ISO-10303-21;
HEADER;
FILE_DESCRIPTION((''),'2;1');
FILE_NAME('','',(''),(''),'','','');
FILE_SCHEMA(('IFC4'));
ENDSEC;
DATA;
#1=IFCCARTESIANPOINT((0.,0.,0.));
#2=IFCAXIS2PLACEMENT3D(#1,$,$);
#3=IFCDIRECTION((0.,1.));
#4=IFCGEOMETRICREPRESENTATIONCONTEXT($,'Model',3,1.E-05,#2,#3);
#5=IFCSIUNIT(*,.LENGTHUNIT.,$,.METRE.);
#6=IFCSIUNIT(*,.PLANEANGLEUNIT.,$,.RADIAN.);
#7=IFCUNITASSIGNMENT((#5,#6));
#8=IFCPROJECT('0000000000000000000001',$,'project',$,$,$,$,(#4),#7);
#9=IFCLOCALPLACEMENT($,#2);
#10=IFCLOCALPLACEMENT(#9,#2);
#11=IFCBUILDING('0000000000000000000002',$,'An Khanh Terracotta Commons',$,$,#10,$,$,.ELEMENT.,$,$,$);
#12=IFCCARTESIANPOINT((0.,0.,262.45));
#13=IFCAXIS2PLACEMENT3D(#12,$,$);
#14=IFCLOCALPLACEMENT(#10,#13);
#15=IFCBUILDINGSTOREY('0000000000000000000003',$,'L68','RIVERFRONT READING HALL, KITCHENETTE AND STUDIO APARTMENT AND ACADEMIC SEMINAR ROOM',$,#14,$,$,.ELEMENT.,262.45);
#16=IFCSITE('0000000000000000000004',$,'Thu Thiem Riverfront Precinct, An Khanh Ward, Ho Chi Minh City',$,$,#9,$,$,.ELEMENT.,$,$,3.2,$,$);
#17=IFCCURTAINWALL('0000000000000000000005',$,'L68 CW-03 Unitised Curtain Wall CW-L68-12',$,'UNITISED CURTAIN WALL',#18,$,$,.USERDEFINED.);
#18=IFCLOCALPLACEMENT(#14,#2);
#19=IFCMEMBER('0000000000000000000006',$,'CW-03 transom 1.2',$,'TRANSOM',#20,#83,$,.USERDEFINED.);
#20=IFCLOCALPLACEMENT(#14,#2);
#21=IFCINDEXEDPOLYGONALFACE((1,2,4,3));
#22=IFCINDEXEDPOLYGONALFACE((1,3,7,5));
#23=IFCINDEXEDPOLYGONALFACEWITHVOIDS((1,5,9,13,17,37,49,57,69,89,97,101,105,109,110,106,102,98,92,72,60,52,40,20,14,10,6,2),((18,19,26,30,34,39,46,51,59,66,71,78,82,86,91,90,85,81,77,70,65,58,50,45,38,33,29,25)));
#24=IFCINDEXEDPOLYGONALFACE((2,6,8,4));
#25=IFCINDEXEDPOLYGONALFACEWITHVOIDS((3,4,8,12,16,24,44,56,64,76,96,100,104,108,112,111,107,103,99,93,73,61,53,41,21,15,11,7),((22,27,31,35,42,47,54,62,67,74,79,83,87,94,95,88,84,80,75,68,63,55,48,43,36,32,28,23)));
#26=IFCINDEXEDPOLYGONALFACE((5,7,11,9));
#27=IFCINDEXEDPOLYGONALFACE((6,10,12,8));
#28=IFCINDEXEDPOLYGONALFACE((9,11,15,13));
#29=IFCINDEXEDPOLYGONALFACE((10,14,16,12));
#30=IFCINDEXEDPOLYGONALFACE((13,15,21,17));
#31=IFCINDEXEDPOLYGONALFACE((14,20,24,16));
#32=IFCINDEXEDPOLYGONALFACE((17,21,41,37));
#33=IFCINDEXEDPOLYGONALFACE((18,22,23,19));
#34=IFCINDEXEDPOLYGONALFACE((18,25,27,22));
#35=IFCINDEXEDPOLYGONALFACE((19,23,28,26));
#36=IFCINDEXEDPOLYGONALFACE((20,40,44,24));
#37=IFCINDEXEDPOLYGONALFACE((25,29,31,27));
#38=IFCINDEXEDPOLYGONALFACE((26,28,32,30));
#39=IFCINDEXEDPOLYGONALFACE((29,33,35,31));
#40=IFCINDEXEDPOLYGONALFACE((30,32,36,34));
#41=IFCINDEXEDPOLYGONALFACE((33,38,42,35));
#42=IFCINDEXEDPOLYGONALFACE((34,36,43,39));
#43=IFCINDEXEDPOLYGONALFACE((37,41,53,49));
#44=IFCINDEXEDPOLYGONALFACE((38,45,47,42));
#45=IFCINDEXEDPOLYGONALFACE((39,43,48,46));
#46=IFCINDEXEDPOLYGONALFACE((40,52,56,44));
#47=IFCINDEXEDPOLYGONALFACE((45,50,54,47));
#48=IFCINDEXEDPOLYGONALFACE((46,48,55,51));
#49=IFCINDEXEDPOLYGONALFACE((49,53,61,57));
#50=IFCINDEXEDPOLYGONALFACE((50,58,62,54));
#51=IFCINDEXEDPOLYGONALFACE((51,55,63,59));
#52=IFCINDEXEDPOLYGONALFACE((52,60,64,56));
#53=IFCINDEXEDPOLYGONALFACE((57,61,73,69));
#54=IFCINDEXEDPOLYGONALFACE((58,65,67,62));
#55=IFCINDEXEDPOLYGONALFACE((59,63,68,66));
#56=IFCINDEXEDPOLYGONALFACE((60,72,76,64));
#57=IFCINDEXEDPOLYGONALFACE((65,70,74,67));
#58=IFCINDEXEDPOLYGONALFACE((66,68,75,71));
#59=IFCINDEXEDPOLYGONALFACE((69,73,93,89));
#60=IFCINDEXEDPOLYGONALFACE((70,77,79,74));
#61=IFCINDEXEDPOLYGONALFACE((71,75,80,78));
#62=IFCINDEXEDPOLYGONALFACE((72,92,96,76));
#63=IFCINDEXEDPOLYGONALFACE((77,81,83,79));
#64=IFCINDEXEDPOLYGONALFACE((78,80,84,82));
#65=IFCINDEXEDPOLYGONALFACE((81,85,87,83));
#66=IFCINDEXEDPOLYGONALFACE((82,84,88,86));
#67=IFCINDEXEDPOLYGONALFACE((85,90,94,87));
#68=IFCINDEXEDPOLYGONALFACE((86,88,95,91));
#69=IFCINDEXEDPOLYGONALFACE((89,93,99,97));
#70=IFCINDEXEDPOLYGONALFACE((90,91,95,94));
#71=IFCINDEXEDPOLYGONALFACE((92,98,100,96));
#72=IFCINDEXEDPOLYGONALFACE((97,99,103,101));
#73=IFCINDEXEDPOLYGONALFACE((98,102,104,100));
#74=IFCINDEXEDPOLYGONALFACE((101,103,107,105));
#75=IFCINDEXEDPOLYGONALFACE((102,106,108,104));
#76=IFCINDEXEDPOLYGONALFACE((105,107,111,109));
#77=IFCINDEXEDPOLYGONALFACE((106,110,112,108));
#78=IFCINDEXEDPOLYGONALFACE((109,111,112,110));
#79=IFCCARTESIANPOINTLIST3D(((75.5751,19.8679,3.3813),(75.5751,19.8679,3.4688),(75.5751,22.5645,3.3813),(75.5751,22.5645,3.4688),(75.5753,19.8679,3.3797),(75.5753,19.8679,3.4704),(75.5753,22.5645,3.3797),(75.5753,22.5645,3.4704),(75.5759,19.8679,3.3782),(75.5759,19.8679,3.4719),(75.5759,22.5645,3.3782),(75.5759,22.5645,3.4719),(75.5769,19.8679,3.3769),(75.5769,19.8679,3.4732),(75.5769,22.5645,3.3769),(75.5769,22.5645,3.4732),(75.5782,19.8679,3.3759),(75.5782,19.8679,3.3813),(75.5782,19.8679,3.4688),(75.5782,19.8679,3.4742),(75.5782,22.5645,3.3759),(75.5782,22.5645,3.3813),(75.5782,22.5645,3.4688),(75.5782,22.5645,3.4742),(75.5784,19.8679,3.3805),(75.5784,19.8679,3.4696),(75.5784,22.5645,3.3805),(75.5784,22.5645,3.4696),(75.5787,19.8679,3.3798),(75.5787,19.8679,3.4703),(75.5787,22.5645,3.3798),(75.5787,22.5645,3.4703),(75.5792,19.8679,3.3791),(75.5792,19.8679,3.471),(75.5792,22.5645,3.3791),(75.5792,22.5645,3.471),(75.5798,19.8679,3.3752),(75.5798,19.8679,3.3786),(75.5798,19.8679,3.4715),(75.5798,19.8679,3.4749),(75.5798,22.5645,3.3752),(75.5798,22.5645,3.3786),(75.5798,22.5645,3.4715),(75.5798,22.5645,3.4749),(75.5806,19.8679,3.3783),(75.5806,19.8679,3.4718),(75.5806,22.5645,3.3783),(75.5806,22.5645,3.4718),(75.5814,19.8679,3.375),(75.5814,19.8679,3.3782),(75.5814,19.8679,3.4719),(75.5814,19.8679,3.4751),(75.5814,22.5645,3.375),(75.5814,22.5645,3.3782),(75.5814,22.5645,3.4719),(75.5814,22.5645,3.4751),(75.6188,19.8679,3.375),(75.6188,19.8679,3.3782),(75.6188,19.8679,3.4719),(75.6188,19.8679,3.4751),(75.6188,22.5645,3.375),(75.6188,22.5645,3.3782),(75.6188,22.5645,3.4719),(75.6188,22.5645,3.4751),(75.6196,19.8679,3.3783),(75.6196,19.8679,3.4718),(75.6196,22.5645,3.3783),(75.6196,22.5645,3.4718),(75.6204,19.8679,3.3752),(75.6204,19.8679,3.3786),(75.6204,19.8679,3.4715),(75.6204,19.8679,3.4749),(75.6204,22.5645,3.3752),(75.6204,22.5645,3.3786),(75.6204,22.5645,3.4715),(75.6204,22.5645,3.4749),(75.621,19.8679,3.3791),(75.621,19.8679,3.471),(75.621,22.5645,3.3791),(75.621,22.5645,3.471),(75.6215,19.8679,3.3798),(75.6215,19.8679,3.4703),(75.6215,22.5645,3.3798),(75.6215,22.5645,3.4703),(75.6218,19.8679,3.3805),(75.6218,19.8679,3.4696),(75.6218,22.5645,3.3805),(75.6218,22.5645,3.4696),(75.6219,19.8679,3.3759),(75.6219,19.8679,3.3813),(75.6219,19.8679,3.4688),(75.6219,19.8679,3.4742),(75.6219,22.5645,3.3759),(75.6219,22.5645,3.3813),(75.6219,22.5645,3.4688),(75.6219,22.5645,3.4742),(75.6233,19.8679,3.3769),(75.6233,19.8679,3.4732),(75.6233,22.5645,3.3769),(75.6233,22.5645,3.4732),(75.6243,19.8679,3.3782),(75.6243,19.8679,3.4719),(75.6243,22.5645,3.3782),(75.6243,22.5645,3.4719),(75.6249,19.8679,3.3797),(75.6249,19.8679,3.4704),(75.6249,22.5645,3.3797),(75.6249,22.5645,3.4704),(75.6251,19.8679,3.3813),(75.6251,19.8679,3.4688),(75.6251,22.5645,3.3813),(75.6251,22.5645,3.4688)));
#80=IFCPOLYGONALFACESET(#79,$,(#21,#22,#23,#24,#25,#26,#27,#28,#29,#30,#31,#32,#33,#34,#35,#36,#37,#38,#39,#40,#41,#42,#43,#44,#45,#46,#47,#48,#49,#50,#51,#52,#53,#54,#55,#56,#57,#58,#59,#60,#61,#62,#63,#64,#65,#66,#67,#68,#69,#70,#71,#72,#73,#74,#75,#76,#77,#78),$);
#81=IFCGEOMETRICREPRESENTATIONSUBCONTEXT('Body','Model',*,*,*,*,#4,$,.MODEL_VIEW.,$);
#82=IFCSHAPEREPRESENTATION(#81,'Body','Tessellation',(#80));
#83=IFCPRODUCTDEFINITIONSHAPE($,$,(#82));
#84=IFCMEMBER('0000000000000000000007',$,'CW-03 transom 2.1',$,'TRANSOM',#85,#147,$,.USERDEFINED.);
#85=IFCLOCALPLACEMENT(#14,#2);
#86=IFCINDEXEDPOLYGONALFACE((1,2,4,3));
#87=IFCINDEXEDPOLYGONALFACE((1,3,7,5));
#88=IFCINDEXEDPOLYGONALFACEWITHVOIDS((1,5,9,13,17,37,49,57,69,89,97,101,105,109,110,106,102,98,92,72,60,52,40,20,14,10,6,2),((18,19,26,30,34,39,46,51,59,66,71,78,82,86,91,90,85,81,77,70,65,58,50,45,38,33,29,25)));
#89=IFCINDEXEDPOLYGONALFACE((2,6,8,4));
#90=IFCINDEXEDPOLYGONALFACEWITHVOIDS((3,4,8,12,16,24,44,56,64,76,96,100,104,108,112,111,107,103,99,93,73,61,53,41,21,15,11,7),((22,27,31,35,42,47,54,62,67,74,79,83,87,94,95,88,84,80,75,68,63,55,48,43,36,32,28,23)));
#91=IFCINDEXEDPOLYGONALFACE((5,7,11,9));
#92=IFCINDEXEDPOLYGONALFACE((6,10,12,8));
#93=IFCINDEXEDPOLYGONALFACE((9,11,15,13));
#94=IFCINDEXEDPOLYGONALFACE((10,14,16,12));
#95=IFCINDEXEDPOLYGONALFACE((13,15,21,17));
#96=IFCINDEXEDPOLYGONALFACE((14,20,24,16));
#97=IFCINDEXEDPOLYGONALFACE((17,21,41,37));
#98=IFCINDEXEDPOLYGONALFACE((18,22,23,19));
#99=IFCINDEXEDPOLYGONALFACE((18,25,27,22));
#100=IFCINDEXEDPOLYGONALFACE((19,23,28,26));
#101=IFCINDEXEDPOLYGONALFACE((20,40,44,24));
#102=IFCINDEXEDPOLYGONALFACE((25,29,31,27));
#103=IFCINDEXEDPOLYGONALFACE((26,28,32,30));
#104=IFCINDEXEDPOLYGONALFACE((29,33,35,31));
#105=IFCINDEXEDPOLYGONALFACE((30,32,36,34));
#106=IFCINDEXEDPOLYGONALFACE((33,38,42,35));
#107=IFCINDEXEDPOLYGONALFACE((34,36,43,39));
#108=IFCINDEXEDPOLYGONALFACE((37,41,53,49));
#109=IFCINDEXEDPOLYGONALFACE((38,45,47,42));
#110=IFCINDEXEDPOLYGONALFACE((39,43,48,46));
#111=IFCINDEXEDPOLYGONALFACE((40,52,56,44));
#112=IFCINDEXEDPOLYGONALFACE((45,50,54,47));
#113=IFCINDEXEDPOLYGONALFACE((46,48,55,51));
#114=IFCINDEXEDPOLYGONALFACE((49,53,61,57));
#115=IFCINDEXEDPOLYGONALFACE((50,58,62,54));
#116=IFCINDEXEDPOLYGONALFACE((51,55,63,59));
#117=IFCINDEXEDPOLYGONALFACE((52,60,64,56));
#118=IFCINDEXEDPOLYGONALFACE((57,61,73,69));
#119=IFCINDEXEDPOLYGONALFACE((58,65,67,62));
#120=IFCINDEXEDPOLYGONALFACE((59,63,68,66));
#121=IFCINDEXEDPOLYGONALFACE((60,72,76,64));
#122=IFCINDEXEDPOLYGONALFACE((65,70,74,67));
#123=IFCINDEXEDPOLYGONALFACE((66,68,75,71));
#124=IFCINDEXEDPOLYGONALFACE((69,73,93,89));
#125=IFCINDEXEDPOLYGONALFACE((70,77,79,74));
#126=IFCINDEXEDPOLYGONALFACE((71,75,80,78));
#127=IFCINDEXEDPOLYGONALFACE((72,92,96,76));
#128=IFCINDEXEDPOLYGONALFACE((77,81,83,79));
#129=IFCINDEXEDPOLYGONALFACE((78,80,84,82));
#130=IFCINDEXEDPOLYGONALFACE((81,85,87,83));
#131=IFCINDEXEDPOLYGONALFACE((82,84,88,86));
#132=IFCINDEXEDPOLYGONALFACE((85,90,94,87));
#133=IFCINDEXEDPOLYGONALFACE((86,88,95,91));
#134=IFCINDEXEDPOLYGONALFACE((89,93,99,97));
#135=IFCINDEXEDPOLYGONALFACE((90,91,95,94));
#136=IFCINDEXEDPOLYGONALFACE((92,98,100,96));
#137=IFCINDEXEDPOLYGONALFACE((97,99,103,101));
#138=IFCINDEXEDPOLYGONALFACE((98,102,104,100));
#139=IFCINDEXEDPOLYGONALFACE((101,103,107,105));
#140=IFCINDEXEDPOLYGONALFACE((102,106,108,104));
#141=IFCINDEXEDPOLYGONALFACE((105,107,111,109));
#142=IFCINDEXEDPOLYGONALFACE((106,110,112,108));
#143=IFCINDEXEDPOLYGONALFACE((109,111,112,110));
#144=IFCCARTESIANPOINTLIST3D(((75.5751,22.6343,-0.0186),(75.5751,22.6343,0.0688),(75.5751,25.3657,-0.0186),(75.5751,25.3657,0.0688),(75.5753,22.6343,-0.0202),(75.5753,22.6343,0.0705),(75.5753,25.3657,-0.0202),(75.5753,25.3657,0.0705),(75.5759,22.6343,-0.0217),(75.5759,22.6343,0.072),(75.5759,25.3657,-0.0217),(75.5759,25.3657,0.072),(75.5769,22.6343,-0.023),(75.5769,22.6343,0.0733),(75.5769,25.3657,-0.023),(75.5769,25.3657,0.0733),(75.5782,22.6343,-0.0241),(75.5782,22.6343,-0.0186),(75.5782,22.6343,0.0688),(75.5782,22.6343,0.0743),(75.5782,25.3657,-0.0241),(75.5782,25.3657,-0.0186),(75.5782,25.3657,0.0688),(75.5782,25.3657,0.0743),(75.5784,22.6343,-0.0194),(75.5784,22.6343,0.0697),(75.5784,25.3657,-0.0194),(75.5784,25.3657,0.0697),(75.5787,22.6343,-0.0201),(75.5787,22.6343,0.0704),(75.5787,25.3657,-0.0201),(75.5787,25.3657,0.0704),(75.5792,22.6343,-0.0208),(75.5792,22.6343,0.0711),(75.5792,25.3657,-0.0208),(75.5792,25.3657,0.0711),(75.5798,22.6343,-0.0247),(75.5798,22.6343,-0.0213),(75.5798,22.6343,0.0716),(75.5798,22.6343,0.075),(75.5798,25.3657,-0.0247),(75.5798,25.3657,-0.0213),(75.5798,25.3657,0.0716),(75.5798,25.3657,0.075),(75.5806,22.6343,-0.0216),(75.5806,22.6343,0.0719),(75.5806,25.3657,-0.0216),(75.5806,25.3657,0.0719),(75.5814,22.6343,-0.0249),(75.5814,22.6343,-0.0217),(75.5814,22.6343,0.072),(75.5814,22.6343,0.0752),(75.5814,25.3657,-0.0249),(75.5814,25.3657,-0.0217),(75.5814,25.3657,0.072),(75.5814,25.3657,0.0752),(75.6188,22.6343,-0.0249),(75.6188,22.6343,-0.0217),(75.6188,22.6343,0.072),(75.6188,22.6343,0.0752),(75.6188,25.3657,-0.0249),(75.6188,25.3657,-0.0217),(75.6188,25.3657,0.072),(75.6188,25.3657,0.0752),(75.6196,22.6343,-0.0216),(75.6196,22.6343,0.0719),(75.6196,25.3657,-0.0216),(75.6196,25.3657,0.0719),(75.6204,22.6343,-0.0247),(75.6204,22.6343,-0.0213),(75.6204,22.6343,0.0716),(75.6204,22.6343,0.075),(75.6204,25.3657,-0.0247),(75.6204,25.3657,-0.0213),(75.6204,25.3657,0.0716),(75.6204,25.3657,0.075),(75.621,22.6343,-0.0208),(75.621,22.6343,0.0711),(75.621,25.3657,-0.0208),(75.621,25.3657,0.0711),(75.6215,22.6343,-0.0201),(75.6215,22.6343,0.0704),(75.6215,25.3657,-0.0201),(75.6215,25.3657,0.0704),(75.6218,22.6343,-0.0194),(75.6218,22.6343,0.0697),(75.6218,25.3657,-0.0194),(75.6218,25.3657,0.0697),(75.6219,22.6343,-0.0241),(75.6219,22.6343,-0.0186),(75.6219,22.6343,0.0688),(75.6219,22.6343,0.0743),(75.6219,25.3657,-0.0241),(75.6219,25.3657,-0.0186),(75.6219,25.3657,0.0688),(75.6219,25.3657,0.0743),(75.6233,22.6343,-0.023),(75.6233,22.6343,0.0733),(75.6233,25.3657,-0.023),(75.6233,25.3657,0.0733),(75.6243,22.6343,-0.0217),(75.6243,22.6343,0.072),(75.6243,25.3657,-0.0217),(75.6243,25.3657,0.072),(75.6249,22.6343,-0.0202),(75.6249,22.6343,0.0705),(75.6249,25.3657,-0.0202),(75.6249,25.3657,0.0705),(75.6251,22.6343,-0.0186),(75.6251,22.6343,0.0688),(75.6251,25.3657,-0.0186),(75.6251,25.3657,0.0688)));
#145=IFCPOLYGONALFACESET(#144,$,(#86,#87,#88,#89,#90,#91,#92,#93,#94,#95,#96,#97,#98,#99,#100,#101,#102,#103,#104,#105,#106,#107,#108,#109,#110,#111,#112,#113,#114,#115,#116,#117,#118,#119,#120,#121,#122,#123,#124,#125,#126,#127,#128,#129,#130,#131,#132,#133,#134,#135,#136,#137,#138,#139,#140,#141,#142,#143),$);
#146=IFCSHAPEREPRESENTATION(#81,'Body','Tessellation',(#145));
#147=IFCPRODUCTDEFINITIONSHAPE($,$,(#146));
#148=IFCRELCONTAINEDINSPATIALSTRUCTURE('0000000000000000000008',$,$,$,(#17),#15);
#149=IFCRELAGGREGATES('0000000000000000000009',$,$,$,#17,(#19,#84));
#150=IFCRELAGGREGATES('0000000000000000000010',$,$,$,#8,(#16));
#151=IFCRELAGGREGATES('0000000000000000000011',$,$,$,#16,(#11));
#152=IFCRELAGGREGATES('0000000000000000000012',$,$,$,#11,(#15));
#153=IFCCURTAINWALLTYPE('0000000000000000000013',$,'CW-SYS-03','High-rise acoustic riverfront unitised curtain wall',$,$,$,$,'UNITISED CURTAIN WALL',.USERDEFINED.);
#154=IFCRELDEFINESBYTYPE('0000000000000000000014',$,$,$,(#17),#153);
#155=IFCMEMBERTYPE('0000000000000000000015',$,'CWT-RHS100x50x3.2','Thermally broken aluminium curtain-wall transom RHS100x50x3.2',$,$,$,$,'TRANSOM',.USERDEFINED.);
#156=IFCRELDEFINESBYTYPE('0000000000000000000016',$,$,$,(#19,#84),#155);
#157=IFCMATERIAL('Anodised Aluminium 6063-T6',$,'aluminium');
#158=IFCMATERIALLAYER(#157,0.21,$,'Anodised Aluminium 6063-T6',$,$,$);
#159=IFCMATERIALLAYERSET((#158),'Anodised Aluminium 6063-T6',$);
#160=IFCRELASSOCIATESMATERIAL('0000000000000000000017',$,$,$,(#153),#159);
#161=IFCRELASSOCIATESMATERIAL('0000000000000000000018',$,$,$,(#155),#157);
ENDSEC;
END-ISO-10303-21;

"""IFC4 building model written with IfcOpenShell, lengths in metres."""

from ifc_helpers import new_model, si_unit, direction, frame, origin, origin_2d, place, context, subcontext, project, spatial, hollow_rectangle, extrude, material, layer, layer_set, material_profile, profile_set, type_object, element, aggregate, save


model = new_model("IFC4")

# Units and contexts
model_context = context("Model", 3, precision=1e-05, world=origin(), true_north=direction((0.0, 1.0)))
body_context = subcontext(model_context, "Body", "Model", "MODEL_VIEW")
ifc_project = project(units=[si_unit("LENGTHUNIT", "METRE"), si_unit("PLANEANGLEUNIT", "RADIAN")], contexts=[model_context])

# Site, building, storey
site_placement = place(None, origin())
site = spatial("IfcSite", under=ifc_project, at=site_placement, Name="Thu Thiem Riverfront Precinct, An Khanh Ward, Ho Chi Minh City", CompositionType="ELEMENT", RefElevation=3.2)
building_placement = place(site_placement, origin())
building = spatial("IfcBuilding", under=site, at=building_placement, Name="An Khanh Terracotta Commons", CompositionType="ELEMENT")
storey_placement = place(building_placement, frame((0.0, 0.0, 262.45)))
storey = spatial("IfcBuildingStorey", under=building, at=storey_placement, Name="L68", Description="RIVERFRONT READING HALL, KITCHENETTE AND STUDIO APARTMENT AND ACADEMIC SEMINAR ROOM", CompositionType="ELEMENT", Elevation=262.45)

# Curtain wall
ifc_material_1 = material(Name="Anodised Aluminium 6063-T6", Category="aluminium")
ifc_layer_1 = layer(ifc_material_1, 0.21, Name="Anodised Aluminium 6063-T6")
ifc_layer_set_1 = layer_set([ifc_layer_1], Name="Anodised Aluminium 6063-T6")
curtain_wall_type = type_object("IfcCurtainWallType", Name="CW-SYS-03", Description="High-rise acoustic riverfront unitised curtain wall", ElementType="UNITISED CURTAIN WALL", PredefinedType="USERDEFINED", material=ifc_layer_set_1)
curtain_wall_1_placement = place(storey_placement, origin())
curtain_wall_1 = element("IfcCurtainWall", 1, at=curtain_wall_1_placement, inside=storey, type_object=curtain_wall_type, Name="L68 CW-03 Unitised Curtain Wall CW-L68-12", ObjectType="UNITISED CURTAIN WALL", PredefinedType="USERDEFINED")

# Members
ifc_material_profile_1 = material_profile(ifc_material_1, hollow_rectangle(XDim=0.05, YDim=0.1001, WallThickness=0.0032, InnerFilletRadius=0.0032, OuterFilletRadius=0.0063, at=origin_2d()), Name="RHS100x50x3.2")
ifc_profile_set_1 = profile_set([ifc_material_profile_1], Name="Anodised Aluminium 6063-T6")
member_type_1 = type_object("IfcMemberType", Name="CWT-RHS100x50x3.2", Description="Thermally broken aluminium curtain-wall transom RHS100x50x3.2", ElementType="TRANSOM", PredefinedType="USERDEFINED", material=ifc_profile_set_1)
member_1_placement = place(storey_placement, frame((75.6001, 19.8679, 3.425), z_axis=(0.0, 1.0, 0.0), x_axis=(-1.0, 0.0, 0.0)))
member_1 = element("IfcMember", 2, at=member_1_placement, type_object=member_type_1, Name="CW-03 transom 1.2", ObjectType="TRANSOM", PredefinedType="USERDEFINED", context=body_context, shape_type="SweptSolid", body=[
    extrude(hollow_rectangle(XDim=0.05, YDim=0.1001, WallThickness=0.0032, InnerFilletRadius=0.0032, OuterFilletRadius=0.0063, at=origin_2d()), origin(), (0.0, 0.0, 1.0), 2.6965),
])
member_2_placement = place(storey_placement, frame((75.6001, 22.6343, 0.0251), z_axis=(0.0, 1.0, 0.0), x_axis=(-1.0, 0.0, 0.0)))
member_2 = element("IfcMember", 3, at=member_2_placement, type_object=member_type_1, Name="CW-03 transom 2.1", ObjectType="TRANSOM", PredefinedType="USERDEFINED", context=body_context, shape_type="SweptSolid", body=[
    extrude(hollow_rectangle(XDim=0.05, YDim=0.1001, WallThickness=0.0032, InnerFilletRadius=0.0032, OuterFilletRadius=0.0063, at=origin_2d()), origin(), (0.0, 0.0, 1.0), 2.7314),
])

aggregate(curtain_wall_1, [member_1, member_2])

save(model, "model.ifc")
